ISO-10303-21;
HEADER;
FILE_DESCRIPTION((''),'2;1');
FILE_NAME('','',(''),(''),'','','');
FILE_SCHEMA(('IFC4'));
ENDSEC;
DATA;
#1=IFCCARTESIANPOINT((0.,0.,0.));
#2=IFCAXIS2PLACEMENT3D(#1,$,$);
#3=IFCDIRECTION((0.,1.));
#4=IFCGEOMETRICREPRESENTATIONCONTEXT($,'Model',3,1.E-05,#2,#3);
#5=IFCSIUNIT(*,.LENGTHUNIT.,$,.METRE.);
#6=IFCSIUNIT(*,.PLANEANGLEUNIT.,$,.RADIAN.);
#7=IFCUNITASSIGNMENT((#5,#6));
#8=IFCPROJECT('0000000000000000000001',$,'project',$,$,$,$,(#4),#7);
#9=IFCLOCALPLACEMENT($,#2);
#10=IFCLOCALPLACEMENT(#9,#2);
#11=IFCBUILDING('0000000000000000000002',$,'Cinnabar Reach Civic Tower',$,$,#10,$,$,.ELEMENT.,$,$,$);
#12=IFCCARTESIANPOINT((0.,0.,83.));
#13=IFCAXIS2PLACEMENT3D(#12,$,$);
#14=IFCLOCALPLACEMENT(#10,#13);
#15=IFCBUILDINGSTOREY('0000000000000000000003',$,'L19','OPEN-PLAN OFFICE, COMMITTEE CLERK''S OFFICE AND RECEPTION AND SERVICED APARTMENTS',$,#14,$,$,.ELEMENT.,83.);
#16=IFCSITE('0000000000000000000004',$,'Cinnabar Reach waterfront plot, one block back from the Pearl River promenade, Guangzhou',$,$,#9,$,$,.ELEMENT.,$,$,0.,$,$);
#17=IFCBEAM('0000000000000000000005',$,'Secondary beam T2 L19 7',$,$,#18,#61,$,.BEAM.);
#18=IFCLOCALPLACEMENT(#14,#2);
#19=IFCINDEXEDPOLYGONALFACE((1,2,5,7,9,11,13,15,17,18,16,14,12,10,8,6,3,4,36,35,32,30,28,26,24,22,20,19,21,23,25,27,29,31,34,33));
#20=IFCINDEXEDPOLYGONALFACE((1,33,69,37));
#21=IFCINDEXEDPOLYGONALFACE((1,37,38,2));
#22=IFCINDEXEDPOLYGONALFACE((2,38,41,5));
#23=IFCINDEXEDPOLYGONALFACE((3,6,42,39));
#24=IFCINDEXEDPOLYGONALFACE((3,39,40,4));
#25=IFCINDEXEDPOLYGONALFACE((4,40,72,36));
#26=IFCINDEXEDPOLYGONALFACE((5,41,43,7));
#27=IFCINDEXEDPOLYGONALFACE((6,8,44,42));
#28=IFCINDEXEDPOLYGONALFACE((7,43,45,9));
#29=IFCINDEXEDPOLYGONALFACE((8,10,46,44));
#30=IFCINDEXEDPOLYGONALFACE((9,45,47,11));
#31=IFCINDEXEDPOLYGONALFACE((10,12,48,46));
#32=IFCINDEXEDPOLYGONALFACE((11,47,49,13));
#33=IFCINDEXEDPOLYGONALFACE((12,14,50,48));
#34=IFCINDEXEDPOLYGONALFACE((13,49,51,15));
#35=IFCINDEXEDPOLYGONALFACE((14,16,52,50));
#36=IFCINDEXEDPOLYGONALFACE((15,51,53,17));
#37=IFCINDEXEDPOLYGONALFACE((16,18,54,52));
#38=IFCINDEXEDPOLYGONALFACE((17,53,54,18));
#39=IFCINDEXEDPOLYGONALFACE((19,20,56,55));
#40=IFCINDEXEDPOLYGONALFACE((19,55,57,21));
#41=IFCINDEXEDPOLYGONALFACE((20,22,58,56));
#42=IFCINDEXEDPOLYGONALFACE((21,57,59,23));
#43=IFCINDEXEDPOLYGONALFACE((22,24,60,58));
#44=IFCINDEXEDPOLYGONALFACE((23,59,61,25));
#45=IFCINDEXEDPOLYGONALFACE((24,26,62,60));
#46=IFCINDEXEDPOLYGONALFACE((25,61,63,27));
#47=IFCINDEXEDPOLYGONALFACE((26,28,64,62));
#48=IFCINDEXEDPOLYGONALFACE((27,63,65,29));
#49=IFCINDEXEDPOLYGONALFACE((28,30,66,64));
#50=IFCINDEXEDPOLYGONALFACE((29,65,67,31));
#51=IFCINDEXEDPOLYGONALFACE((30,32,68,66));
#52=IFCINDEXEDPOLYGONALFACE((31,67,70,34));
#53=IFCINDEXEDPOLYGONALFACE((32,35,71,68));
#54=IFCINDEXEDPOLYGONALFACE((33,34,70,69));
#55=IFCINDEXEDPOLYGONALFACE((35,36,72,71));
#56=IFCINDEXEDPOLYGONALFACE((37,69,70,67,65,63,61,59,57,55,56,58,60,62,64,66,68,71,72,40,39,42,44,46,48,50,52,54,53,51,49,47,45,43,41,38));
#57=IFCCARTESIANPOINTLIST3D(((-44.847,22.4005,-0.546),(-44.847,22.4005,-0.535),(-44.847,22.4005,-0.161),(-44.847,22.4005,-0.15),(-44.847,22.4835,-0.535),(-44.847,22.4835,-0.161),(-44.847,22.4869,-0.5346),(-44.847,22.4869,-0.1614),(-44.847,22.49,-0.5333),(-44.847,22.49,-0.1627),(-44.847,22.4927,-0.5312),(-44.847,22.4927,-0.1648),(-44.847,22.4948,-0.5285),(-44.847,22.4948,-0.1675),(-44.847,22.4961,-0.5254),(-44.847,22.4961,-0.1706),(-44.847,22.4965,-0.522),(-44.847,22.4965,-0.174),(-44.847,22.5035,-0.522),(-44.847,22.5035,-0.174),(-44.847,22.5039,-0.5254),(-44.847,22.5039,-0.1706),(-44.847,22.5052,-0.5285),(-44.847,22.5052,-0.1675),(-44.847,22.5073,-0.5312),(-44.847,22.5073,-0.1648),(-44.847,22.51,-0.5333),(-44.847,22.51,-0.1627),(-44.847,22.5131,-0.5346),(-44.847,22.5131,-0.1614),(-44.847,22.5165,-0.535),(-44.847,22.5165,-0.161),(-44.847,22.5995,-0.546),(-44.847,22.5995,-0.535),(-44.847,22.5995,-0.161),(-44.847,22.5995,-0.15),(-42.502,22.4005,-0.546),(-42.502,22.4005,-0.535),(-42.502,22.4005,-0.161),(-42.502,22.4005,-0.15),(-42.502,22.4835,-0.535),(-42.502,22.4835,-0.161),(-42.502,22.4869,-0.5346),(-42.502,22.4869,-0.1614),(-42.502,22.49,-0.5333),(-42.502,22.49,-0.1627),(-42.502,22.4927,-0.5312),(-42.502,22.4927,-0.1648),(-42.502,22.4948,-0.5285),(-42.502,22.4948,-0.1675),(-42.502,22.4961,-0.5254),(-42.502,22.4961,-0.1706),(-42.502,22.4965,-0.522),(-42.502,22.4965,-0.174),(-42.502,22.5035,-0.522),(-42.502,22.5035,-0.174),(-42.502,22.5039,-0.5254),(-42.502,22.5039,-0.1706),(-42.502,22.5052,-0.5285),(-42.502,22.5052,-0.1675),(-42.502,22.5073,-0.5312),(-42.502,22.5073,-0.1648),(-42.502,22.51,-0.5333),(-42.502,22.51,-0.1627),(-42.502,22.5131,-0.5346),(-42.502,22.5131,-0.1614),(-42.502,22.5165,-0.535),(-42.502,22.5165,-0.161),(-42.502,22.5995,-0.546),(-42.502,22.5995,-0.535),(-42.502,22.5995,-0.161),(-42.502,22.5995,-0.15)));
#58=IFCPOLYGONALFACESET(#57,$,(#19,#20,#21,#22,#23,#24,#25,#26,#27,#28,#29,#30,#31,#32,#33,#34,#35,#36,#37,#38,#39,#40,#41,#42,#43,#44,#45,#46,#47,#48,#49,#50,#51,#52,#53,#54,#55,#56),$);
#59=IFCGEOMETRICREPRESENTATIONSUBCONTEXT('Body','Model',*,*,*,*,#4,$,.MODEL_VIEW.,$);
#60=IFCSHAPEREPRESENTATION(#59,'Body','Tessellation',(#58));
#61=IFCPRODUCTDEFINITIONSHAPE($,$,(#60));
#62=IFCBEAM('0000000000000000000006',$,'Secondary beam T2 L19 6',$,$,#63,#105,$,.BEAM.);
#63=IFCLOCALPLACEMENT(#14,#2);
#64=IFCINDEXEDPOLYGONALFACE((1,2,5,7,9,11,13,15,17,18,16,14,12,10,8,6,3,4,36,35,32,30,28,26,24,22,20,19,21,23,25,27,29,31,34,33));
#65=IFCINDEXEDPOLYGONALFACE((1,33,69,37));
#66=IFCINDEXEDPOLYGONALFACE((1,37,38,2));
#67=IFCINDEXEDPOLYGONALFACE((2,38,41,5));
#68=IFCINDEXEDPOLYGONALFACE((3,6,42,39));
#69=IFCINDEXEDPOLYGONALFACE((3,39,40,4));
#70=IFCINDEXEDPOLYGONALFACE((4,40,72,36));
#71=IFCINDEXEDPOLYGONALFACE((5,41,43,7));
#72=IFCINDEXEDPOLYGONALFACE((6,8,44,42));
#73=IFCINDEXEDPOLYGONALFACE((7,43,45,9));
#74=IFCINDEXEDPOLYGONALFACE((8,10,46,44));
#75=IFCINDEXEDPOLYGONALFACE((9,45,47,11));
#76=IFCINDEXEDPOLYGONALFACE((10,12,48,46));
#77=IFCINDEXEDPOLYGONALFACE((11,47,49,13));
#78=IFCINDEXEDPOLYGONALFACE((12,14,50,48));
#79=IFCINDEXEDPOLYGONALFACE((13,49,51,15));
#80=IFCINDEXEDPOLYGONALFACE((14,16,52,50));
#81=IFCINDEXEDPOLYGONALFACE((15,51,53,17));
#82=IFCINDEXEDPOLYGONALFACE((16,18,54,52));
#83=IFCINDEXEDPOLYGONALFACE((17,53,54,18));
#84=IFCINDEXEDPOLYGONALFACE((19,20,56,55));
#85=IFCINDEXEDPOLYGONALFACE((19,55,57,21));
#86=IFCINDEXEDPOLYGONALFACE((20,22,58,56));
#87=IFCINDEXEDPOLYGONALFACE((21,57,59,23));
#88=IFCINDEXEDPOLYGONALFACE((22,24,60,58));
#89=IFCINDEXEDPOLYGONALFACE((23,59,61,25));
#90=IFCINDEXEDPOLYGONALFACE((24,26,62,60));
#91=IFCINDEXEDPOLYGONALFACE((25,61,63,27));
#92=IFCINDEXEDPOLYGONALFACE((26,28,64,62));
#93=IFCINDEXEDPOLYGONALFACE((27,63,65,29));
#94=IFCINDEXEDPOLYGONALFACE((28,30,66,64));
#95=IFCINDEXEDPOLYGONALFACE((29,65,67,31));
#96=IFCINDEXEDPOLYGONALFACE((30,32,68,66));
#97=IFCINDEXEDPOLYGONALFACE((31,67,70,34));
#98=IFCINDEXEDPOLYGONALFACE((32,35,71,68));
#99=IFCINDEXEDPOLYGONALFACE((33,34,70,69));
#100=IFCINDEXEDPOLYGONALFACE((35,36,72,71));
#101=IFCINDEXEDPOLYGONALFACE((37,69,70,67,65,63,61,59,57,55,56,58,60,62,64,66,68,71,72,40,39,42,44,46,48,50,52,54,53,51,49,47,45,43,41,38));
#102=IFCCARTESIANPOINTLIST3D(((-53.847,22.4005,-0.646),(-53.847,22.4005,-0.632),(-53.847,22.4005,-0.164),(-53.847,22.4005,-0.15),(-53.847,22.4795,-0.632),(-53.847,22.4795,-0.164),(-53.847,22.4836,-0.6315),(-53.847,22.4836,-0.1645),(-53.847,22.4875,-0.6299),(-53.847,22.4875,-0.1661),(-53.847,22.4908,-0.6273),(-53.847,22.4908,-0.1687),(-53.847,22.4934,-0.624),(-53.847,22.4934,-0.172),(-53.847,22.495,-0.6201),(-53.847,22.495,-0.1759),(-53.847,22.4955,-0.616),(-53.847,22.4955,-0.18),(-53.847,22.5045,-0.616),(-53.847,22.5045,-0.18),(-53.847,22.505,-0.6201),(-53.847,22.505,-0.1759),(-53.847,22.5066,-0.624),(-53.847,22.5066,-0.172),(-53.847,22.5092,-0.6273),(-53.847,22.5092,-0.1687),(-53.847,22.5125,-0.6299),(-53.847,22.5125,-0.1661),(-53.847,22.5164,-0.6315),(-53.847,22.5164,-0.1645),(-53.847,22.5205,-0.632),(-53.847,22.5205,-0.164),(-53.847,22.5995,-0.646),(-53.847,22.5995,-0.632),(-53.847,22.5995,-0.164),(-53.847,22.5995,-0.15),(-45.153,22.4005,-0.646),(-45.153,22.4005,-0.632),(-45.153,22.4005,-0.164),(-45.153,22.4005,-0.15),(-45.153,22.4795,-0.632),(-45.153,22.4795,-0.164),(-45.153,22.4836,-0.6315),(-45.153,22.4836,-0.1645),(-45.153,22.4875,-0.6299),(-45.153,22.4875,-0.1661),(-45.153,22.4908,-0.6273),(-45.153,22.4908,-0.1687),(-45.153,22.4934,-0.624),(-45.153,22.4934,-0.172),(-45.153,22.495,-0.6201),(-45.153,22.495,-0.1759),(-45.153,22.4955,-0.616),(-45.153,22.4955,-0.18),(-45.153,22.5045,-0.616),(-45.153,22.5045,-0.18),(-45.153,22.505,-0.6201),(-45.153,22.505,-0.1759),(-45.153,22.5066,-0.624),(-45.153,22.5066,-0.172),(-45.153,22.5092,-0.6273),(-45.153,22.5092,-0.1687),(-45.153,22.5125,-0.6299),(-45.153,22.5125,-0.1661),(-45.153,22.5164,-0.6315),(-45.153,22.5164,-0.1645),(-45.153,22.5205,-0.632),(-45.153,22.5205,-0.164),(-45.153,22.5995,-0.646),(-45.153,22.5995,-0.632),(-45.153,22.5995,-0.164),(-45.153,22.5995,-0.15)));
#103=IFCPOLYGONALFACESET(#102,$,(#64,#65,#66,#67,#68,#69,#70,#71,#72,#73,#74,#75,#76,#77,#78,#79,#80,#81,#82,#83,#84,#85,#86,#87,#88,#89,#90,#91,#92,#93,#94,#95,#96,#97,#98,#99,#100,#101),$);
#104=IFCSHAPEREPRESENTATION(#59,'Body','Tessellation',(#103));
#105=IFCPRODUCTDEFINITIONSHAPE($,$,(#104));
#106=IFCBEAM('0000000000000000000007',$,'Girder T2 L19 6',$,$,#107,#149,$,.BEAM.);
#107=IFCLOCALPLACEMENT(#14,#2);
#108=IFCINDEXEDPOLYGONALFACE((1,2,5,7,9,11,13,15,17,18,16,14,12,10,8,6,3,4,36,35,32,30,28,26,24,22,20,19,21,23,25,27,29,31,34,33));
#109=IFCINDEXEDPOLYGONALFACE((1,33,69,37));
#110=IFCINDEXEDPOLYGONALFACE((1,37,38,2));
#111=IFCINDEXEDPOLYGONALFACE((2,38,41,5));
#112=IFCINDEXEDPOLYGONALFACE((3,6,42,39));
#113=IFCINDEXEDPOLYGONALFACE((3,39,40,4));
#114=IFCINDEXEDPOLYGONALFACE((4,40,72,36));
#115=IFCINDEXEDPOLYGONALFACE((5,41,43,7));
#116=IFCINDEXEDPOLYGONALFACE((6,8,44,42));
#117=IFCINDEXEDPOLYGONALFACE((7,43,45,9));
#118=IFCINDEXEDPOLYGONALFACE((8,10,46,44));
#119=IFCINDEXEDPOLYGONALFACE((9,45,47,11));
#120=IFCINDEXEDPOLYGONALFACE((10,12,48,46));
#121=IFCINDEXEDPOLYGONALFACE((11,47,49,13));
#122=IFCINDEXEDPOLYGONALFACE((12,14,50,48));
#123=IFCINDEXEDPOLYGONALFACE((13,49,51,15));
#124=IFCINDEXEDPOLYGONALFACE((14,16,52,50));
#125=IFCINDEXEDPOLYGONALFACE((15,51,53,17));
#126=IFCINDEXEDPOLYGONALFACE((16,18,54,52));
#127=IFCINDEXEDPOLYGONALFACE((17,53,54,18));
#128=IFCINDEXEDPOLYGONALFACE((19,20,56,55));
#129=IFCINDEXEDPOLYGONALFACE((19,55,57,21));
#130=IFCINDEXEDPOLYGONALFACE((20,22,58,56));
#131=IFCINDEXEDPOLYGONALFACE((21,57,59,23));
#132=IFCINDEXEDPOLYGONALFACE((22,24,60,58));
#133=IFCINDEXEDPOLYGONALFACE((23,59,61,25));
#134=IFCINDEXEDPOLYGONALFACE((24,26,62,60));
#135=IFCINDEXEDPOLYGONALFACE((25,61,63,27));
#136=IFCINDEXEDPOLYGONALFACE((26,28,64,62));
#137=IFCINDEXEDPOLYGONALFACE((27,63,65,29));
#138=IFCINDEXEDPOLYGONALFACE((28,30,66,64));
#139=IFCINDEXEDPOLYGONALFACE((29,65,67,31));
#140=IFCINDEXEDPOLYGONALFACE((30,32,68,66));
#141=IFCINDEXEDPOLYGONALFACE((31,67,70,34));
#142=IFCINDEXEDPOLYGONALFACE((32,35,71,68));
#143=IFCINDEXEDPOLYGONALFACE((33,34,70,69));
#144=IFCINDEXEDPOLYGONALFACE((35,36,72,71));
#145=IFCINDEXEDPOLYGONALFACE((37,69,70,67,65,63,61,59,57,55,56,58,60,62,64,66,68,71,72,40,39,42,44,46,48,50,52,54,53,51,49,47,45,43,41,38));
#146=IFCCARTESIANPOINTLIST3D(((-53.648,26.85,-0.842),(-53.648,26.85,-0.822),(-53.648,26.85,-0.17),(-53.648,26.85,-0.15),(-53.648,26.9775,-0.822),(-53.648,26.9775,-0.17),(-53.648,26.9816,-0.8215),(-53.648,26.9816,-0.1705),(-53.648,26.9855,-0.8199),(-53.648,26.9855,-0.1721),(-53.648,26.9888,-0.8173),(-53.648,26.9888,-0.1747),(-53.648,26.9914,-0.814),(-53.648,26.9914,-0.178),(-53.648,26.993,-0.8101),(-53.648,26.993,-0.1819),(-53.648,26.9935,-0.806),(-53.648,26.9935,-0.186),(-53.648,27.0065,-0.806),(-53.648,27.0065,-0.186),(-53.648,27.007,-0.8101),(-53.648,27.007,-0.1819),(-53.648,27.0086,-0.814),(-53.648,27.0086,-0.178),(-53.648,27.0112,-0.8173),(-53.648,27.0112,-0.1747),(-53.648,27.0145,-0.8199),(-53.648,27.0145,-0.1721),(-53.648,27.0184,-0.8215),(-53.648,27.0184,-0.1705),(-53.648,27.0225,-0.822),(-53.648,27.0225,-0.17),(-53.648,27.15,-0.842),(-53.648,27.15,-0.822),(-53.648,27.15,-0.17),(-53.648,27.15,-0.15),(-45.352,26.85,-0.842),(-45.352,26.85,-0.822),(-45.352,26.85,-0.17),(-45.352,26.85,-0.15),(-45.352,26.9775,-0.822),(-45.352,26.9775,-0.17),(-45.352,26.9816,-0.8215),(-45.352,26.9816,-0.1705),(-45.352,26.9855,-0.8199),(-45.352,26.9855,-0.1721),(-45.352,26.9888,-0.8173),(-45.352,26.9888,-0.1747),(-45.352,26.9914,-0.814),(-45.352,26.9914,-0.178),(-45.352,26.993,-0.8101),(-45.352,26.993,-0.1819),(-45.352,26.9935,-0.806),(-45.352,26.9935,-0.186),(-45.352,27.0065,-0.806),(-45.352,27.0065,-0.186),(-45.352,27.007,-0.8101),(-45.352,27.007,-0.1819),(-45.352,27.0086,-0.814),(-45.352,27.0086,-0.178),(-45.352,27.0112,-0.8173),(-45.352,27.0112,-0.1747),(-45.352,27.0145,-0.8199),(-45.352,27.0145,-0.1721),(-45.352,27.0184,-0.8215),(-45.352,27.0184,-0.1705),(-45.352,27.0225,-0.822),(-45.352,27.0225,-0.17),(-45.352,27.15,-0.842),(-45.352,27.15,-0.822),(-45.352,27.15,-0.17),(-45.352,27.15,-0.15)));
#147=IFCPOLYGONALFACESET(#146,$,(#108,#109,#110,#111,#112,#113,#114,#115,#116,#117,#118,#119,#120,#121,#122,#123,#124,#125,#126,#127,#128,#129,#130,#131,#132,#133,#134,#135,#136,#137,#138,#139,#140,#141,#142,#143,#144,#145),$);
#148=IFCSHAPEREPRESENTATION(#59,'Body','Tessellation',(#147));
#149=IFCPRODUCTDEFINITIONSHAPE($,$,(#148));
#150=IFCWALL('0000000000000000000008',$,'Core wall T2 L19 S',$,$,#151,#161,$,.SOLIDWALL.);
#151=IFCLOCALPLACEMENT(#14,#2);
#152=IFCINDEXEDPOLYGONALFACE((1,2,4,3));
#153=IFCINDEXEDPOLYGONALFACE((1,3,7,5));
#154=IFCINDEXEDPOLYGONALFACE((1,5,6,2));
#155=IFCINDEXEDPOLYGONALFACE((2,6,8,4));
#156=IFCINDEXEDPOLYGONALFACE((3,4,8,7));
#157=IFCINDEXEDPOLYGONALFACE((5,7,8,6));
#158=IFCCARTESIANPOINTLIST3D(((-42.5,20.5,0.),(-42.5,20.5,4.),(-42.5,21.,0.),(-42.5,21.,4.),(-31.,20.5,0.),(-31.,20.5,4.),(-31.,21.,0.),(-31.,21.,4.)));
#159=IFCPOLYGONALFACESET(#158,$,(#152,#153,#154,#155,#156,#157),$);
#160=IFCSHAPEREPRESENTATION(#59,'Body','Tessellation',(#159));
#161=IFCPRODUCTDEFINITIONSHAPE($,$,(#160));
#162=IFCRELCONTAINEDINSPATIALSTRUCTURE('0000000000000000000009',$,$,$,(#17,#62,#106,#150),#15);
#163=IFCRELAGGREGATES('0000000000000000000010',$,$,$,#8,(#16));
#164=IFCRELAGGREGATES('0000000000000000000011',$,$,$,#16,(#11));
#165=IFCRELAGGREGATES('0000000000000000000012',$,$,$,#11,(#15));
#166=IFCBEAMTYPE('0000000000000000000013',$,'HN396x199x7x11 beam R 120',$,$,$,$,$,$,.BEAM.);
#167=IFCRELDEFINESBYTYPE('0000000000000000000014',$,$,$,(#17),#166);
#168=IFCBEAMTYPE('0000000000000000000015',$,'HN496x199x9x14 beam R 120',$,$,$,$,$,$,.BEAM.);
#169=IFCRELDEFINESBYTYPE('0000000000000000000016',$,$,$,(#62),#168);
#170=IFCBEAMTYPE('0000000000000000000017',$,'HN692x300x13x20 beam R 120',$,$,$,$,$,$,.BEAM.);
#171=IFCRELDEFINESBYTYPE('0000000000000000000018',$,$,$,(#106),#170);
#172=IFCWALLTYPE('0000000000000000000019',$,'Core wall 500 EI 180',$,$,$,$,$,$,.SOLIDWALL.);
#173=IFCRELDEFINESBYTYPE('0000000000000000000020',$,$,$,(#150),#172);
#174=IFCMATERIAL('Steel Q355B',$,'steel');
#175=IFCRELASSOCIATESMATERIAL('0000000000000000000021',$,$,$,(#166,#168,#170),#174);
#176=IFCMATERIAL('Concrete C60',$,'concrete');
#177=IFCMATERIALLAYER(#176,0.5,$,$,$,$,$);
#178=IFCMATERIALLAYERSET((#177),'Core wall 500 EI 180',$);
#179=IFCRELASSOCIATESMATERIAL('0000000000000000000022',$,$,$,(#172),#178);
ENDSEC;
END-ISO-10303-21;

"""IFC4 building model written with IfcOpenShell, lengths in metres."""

from ifc_helpers import new_model, si_unit, direction, frame, frame_2d, origin, origin_2d, place, context, subcontext, project, spatial, rectangle, i_section, extrude, material, layer, layer_set, material_profile, profile_set, type_object, element, save


model = new_model("IFC4")

# Units and contexts
model_context = context("Model", 3, precision=1e-05, world=origin(), true_north=direction((0.0, 1.0)))
body_context = subcontext(model_context, "Body", "Model", "MODEL_VIEW")
ifc_project = project(units=[si_unit("LENGTHUNIT", "METRE"), si_unit("PLANEANGLEUNIT", "RADIAN")], contexts=[model_context])

# Site, building, storey
site_placement = place(None, origin())
site = spatial("IfcSite", under=ifc_project, at=site_placement, Name="Cinnabar Reach waterfront plot, one block back from the Pearl River promenade, Guangzhou", CompositionType="ELEMENT", RefElevation=0.0)
building_placement = place(site_placement, origin())
building = spatial("IfcBuilding", under=site, at=building_placement, Name="Cinnabar Reach Civic Tower", CompositionType="ELEMENT")
storey_placement = place(building_placement, frame((0.0, 0.0, 83.0)))
storey = spatial("IfcBuildingStorey", under=building, at=storey_placement, Name="L19", Description="OPEN-PLAN OFFICE, COMMITTEE CLERK'S OFFICE AND RECEPTION AND SERVICED APARTMENTS", CompositionType="ELEMENT", Elevation=83.0)

# Shared definitions
ifc_material_1 = material(Name="Concrete C60", Category="concrete")

# Beams
ifc_material_2 = material(Name="Steel Q355B", Category="steel")
ifc_material_profile_1 = material_profile(ifc_material_2, i_section(OverallWidth=0.199, OverallDepth=0.396, WebThickness=0.007, FlangeThickness=0.011, FilletRadius=0.013, at=origin_2d()), Name="HN396x199x7x11")
ifc_profile_set_1 = profile_set([ifc_material_profile_1], Name="Steel Q355B")
beam_type_1 = type_object("IfcBeamType", Name="HN396x199x7x11 beam R 120", PredefinedType="BEAM", material=ifc_profile_set_1)
beam_1_placement = place(storey_placement, frame((-44.847, 22.5, -0.348), z_axis=(1.0, 0.0, 0.0), x_axis=(0.0, 1.0, 0.0)))
element("IfcBeam", 1, at=beam_1_placement, inside=storey, type_object=beam_type_1, Name="Secondary beam T2 L19 7", PredefinedType="BEAM", context=body_context, shape_type="SweptSolid", body=[
    extrude(i_section(OverallWidth=0.199, OverallDepth=0.396, WebThickness=0.007, FlangeThickness=0.011, FilletRadius=0.013, at=origin_2d()), origin(), (0.0, 0.0, 1.0), 2.345),
])
ifc_material_profile_2 = material_profile(ifc_material_2, i_section(OverallWidth=0.199, OverallDepth=0.496, WebThickness=0.009, FlangeThickness=0.014, FilletRadius=0.016, at=origin_2d()), Name="HN496x199x9x14")
ifc_profile_set_2 = profile_set([ifc_material_profile_2], Name="Steel Q355B")
beam_type_2 = type_object("IfcBeamType", Name="HN496x199x9x14 beam R 120", PredefinedType="BEAM", material=ifc_profile_set_2)
beam_2_placement = place(storey_placement, frame((-53.847, 22.5, -0.398), z_axis=(1.0, 0.0, 0.0), x_axis=(0.0, 1.0, 0.0)))
element("IfcBeam", 2, at=beam_2_placement, inside=storey, type_object=beam_type_2, Name="Secondary beam T2 L19 6", PredefinedType="BEAM", context=body_context, shape_type="SweptSolid", body=[
    extrude(i_section(OverallWidth=0.199, OverallDepth=0.496, WebThickness=0.009, FlangeThickness=0.014, FilletRadius=0.016, at=origin_2d()), origin(), (0.0, 0.0, 1.0), 8.694),
])
ifc_material_profile_3 = material_profile(ifc_material_2, i_section(OverallWidth=0.3, OverallDepth=0.692, WebThickness=0.013, FlangeThickness=0.02, FilletRadius=0.016, at=origin_2d()), Name="HN692x300x13x20")
ifc_profile_set_3 = profile_set([ifc_material_profile_3], Name="Steel Q355B")
beam_type_3 = type_object("IfcBeamType", Name="HN692x300x13x20 beam R 120", PredefinedType="BEAM", material=ifc_profile_set_3)
beam_3_placement = place(storey_placement, frame((-53.648, 27.0, -0.496), z_axis=(1.0, 0.0, 0.0), x_axis=(0.0, 1.0, 0.0)))
element("IfcBeam", 3, at=beam_3_placement, inside=storey, type_object=beam_type_3, Name="Girder T2 L19 6", PredefinedType="BEAM", context=body_context, shape_type="SweptSolid", body=[
    extrude(i_section(OverallWidth=0.3, OverallDepth=0.692, WebThickness=0.013, FlangeThickness=0.02, FilletRadius=0.016, at=origin_2d()), origin(), (0.0, 0.0, 1.0), 8.296),
])

# Wall
ifc_layer_1 = layer(ifc_material_1, 0.5)
ifc_layer_set_1 = layer_set([ifc_layer_1], Name="Core wall 500 EI 180")
wall_type_1 = type_object("IfcWallType", Name="Core wall 500 EI 180", PredefinedType="SOLIDWALL", material=ifc_layer_set_1)
wall_1_placement = place(storey_placement, frame((-42.5, 20.75, 0.0), z_axis=(0.0, 0.0, 1.0), x_axis=(1.0, 0.0, 0.0)))
element("IfcWall", 4, at=wall_1_placement, inside=storey, type_object=wall_type_1, Name="Core wall T2 L19 S", PredefinedType="SOLIDWALL", context=body_context, shape_type="SweptSolid", body=[
    extrude(rectangle(XDim=11.5, YDim=0.5, at=frame_2d((5.75, 0.0))), origin(), (0.0, 0.0, 1.0), 4.0),
])

save(model, "model.ifc")
